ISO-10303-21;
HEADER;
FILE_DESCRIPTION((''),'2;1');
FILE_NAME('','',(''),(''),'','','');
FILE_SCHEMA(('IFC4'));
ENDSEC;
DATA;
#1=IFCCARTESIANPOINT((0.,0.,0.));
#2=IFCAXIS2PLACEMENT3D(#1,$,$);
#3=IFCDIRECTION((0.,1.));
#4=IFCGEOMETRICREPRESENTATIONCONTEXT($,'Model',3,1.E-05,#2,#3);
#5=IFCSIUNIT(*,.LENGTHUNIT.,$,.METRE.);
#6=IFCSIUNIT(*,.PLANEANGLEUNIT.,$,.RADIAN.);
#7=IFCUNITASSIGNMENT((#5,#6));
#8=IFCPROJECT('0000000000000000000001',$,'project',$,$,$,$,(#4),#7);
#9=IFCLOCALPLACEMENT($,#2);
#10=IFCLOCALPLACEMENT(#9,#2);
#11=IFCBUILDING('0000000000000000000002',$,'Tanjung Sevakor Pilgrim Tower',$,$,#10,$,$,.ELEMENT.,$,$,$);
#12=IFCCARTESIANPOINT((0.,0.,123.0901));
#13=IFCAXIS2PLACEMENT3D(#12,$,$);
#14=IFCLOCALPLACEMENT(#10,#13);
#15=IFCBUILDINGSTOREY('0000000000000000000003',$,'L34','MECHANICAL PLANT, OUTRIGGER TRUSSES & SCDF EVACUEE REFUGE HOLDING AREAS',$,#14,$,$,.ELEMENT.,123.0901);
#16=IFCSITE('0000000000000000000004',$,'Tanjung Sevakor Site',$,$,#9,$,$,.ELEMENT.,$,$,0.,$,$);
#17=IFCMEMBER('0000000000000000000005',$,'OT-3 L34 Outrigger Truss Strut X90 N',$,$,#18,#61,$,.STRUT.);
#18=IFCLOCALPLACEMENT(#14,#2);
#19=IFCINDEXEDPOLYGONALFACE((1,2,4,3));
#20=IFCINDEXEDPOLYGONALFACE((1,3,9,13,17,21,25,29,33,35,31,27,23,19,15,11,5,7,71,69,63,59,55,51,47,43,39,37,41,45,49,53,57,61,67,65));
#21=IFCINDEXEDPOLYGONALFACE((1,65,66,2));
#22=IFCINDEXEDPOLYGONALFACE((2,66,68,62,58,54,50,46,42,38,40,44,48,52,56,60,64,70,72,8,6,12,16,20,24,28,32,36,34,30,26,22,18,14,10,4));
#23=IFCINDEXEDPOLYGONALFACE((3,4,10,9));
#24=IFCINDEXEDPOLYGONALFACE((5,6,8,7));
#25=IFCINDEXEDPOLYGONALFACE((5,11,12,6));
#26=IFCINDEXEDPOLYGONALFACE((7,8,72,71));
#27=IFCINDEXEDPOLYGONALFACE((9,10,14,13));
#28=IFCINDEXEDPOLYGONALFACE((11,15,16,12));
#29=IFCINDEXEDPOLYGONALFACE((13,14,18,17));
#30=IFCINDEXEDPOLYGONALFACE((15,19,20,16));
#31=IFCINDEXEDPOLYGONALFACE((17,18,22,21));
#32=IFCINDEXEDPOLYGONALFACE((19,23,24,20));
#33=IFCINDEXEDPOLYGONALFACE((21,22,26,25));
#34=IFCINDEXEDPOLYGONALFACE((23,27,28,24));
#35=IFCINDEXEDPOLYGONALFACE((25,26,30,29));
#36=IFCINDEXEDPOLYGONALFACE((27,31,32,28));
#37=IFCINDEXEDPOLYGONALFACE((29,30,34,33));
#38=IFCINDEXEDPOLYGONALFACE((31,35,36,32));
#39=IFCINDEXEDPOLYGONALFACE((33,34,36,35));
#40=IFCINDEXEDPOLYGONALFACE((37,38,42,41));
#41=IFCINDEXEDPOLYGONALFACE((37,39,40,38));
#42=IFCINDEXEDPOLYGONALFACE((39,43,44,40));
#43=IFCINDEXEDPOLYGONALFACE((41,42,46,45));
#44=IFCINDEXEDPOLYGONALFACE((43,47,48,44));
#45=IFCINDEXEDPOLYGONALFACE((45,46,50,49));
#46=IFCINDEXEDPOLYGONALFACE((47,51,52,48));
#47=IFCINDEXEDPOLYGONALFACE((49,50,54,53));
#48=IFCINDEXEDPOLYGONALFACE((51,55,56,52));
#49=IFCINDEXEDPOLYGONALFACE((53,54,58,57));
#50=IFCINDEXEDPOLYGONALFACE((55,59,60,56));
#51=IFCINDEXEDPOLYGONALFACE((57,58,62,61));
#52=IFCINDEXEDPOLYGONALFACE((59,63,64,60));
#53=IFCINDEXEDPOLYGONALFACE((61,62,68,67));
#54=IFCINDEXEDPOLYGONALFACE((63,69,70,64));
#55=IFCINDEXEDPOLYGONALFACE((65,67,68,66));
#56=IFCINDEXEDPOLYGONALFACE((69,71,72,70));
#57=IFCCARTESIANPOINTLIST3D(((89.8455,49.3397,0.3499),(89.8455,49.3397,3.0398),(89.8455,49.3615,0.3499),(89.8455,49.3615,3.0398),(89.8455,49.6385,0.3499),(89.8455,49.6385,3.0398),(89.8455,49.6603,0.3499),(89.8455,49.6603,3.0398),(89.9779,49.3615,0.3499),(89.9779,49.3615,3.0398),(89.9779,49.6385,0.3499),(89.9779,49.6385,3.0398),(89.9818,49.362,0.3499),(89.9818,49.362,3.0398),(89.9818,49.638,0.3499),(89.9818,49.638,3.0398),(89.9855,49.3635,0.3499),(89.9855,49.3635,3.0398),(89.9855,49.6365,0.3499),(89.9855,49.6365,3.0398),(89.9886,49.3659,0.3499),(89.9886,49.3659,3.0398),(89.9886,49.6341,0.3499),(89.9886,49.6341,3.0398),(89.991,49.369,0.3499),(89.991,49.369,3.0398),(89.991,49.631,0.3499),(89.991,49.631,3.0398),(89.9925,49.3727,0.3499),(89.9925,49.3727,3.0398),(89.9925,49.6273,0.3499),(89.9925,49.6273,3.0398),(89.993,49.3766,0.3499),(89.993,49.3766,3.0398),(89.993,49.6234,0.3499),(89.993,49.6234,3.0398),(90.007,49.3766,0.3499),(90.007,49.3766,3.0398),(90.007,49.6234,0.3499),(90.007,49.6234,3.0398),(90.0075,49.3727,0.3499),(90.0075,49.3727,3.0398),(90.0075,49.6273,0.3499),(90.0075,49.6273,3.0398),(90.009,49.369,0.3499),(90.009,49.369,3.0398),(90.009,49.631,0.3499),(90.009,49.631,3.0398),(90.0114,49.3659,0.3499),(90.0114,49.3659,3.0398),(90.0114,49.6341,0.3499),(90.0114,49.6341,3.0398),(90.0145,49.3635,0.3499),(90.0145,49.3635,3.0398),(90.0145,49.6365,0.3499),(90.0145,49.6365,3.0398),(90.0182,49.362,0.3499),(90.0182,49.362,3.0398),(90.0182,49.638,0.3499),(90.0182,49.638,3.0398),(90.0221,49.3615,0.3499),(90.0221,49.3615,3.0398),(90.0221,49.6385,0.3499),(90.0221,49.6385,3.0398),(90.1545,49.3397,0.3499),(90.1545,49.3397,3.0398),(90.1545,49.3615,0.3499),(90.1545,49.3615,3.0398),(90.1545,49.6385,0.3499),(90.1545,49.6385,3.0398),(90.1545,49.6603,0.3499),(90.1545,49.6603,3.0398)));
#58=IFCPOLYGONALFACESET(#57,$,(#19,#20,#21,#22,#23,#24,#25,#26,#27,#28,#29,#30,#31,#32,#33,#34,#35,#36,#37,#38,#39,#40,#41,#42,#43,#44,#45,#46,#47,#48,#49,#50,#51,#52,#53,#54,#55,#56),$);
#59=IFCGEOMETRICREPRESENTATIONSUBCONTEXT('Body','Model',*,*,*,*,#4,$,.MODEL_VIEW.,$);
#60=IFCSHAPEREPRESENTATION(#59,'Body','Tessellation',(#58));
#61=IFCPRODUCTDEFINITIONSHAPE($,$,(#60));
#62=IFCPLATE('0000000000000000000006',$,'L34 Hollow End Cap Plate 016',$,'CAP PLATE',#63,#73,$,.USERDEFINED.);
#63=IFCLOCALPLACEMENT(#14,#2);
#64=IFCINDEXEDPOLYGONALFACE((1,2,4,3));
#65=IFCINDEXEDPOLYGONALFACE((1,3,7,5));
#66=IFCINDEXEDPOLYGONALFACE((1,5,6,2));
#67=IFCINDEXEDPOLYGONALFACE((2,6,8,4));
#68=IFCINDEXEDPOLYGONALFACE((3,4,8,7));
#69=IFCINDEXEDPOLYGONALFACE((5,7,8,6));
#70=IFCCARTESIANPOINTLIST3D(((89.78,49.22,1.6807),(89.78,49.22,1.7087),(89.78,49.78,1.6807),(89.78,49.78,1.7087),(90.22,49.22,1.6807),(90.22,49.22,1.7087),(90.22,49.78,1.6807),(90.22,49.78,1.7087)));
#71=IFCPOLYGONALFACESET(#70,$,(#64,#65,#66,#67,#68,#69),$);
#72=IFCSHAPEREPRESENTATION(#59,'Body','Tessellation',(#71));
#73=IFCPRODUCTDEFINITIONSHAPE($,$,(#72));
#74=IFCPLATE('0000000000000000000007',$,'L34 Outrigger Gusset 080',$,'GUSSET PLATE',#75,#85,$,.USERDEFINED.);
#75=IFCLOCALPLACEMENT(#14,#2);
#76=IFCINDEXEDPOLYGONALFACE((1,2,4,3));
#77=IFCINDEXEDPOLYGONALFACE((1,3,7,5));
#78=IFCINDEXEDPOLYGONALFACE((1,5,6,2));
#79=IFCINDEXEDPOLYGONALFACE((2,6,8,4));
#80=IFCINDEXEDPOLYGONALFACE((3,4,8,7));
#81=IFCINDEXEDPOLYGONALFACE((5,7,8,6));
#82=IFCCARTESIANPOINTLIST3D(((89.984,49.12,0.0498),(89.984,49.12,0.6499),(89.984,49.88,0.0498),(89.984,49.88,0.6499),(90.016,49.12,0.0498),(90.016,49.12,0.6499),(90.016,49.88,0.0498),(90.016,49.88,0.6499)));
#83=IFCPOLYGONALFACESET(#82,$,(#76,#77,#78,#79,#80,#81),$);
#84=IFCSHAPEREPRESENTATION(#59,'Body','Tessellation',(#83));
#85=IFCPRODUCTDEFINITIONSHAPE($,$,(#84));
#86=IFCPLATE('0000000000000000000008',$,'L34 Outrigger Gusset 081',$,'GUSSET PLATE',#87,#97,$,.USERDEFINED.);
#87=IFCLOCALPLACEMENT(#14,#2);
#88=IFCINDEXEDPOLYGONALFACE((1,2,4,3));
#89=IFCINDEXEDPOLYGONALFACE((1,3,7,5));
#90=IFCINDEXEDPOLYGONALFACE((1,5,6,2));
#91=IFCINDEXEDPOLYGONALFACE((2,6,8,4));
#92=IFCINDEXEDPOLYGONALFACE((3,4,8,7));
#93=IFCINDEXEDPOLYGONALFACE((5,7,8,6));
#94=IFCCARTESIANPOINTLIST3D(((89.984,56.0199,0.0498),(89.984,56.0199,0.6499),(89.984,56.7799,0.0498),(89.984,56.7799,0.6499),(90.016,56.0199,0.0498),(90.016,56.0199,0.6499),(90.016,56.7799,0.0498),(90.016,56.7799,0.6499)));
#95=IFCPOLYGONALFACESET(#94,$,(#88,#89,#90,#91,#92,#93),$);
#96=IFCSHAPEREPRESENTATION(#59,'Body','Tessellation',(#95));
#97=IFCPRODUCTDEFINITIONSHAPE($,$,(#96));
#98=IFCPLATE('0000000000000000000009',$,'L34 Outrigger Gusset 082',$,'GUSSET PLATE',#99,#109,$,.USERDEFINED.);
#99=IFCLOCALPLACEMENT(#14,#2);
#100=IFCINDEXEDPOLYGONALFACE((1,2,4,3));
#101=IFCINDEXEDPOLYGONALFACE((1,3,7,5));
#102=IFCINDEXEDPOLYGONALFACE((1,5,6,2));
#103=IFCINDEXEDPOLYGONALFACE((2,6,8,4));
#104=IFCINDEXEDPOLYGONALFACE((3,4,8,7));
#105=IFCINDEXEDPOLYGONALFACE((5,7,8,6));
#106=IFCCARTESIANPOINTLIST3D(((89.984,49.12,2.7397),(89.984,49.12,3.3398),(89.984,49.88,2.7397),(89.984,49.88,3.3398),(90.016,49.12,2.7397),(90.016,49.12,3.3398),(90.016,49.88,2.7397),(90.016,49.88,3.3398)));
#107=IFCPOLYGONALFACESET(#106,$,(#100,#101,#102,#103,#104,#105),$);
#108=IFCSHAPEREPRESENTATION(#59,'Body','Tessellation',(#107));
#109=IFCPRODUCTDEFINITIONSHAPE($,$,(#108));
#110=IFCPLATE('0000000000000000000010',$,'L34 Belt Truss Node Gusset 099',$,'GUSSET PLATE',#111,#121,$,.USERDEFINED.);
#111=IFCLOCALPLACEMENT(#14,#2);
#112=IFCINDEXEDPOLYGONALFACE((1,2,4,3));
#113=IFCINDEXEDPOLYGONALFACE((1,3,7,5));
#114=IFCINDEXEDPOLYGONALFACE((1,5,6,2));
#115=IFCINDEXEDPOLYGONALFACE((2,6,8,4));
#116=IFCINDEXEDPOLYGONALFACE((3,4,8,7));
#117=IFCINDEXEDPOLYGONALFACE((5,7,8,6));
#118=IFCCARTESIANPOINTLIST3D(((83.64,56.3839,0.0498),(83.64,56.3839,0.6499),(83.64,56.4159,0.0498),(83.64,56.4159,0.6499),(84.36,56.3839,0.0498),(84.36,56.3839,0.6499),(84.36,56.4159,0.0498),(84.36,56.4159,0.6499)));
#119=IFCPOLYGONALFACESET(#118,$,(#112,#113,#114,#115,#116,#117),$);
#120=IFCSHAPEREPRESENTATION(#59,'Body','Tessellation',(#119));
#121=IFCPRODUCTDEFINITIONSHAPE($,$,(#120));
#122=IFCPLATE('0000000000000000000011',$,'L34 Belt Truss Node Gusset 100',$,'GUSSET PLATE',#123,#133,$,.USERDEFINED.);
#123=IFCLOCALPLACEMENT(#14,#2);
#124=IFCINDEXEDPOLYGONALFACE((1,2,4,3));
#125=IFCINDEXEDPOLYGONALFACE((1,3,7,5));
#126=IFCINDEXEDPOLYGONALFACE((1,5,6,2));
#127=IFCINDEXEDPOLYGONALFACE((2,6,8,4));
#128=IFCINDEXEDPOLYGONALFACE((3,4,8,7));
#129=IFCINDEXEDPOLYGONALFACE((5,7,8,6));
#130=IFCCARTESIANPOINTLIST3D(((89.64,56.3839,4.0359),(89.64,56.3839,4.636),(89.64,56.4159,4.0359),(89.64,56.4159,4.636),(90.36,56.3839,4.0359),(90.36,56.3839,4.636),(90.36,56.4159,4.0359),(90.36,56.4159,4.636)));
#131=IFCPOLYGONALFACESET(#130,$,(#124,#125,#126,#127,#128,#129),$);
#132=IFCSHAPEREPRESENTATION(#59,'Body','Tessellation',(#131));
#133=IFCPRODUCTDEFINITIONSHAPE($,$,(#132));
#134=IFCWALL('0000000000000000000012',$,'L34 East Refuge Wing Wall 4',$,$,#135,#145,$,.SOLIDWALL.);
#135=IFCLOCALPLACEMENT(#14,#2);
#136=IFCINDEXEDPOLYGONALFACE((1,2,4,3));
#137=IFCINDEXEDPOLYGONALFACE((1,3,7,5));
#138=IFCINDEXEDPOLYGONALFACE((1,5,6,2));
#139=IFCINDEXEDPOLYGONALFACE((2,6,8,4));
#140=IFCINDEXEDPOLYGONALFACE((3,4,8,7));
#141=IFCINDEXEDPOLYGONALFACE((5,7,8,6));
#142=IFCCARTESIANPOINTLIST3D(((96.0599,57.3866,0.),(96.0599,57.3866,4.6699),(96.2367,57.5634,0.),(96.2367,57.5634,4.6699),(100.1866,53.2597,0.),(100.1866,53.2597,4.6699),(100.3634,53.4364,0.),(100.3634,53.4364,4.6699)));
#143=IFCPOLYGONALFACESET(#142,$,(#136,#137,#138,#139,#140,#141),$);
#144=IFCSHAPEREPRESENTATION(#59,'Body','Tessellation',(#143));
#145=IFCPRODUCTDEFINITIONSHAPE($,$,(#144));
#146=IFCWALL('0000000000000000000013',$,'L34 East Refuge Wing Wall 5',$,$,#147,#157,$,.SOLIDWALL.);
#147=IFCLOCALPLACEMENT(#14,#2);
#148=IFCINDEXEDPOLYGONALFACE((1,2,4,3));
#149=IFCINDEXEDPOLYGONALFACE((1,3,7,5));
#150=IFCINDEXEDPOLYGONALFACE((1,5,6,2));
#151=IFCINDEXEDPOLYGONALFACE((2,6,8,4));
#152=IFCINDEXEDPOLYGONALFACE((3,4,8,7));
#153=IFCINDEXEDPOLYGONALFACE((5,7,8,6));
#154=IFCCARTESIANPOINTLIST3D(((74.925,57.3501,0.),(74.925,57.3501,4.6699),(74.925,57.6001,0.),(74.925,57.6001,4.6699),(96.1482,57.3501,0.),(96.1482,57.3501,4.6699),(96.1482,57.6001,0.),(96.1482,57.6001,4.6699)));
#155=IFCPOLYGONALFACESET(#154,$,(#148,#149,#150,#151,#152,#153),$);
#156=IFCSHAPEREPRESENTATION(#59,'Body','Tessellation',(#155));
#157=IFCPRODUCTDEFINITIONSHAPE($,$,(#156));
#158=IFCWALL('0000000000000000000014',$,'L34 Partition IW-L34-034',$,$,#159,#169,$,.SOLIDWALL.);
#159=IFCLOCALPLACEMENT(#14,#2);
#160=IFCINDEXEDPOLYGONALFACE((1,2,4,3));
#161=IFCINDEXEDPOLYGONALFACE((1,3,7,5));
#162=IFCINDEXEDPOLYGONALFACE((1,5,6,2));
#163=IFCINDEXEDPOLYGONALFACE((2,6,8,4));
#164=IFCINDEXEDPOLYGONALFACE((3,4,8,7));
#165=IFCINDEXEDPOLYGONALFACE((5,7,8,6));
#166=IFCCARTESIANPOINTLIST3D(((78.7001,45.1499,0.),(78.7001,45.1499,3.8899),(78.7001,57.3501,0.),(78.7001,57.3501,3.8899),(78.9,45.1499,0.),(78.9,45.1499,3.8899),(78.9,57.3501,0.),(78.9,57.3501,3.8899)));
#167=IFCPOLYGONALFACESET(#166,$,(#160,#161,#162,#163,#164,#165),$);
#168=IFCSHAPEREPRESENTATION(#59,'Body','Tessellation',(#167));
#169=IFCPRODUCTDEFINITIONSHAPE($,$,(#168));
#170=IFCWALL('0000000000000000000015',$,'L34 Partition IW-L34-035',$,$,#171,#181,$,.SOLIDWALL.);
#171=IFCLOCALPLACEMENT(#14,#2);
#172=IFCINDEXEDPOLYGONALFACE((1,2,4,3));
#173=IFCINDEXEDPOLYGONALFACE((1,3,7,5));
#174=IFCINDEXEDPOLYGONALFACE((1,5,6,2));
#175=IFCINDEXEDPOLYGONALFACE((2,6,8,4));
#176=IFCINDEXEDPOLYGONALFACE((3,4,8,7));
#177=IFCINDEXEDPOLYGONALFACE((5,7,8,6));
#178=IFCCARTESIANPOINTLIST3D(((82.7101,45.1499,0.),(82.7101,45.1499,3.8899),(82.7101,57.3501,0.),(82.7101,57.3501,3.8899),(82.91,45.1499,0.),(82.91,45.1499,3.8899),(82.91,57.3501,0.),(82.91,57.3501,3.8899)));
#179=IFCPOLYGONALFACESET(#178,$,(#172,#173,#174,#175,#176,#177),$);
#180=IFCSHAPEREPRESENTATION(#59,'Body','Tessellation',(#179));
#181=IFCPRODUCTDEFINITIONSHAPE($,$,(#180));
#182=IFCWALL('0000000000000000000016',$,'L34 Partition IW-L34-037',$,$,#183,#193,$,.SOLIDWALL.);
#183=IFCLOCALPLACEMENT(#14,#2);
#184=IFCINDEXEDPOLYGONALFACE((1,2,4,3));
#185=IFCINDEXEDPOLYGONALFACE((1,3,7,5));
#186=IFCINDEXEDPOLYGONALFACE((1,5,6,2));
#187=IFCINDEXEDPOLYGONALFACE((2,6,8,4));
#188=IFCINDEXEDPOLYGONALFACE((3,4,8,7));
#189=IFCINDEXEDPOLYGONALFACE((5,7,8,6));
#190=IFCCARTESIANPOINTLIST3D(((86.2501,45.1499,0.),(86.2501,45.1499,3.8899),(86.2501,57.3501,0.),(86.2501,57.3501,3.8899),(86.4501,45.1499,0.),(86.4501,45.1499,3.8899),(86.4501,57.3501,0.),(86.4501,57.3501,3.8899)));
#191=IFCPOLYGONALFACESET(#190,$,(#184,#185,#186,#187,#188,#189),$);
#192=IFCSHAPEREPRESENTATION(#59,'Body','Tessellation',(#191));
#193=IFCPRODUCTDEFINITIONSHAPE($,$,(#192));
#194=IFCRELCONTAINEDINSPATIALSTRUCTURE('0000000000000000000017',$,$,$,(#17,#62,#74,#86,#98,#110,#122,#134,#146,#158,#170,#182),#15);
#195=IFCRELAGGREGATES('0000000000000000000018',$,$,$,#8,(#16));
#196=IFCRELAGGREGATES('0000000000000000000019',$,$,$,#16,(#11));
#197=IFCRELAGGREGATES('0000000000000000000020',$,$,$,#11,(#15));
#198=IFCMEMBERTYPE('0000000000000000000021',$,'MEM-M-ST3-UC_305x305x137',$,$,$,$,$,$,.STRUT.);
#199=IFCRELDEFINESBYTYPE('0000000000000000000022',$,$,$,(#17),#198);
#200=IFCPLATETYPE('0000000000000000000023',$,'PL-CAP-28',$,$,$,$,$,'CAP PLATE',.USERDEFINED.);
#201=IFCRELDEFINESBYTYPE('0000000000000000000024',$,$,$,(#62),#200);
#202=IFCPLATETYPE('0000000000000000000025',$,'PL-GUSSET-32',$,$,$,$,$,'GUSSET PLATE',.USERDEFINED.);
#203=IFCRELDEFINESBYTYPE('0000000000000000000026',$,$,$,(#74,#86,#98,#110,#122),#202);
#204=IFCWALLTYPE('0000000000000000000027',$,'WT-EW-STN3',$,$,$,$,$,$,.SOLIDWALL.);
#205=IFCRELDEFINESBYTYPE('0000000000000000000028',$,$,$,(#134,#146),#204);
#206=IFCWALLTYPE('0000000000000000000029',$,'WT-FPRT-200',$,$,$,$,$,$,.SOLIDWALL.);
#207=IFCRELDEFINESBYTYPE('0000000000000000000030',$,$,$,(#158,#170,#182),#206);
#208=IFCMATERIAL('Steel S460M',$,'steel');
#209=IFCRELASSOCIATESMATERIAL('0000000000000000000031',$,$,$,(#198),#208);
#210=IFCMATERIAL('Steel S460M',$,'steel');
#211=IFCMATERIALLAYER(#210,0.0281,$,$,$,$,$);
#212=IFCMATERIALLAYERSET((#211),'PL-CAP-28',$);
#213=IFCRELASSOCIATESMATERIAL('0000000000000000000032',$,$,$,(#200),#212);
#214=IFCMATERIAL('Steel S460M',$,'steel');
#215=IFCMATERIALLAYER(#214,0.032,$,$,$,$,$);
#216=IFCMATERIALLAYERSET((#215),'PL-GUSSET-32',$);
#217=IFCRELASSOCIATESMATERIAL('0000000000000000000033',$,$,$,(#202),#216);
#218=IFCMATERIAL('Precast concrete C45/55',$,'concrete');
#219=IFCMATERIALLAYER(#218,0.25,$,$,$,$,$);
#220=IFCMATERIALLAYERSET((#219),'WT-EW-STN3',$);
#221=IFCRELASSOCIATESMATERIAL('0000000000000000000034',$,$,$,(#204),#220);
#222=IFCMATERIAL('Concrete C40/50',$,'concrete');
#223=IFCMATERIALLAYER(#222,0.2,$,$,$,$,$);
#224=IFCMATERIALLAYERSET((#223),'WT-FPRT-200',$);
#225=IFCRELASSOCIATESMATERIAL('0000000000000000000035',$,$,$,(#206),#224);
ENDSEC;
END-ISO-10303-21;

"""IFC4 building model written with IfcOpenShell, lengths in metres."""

from ifc_helpers import new_model, si_unit, direction, frame, frame_2d, origin, origin_2d, place, context, subcontext, project, spatial, rectangle, i_section, extrude, material, layer, layer_set, material_profile, profile_set, type_object, element, save


model = new_model("IFC4")

# Units and contexts
model_context = context("Model", 3, precision=1e-05, world=origin(), true_north=direction((0.0, 1.0)))
body_context = subcontext(model_context, "Body", "Model", "MODEL_VIEW")
ifc_project = project(units=[si_unit("LENGTHUNIT", "METRE"), si_unit("PLANEANGLEUNIT", "RADIAN")], contexts=[model_context])

# Site, building, storey
site_placement = place(None, origin())
site = spatial("IfcSite", under=ifc_project, at=site_placement, Name="Tanjung Sevakor Site", CompositionType="ELEMENT", RefElevation=0.0)
building_placement = place(site_placement, origin())
building = spatial("IfcBuilding", under=site, at=building_placement, Name="Tanjung Sevakor Pilgrim Tower", CompositionType="ELEMENT")
storey_placement = place(building_placement, frame((0.0, 0.0, 123.0901)))
storey = spatial("IfcBuildingStorey", under=building, at=storey_placement, Name="L34", Description="MECHANICAL PLANT, OUTRIGGER TRUSSES & SCDF EVACUEE REFUGE HOLDING AREAS", CompositionType="ELEMENT", Elevation=123.0901)

# Member
ifc_material_1 = material(Name="Steel S460M", Category="steel")
ifc_material_profile_1 = material_profile(ifc_material_1, i_section(OverallWidth=0.3091, OverallDepth=0.3206, WebThickness=0.0139, FlangeThickness=0.0217, FilletRadius=0.0151, at=origin_2d()))
ifc_profile_set_1 = profile_set([ifc_material_profile_1], Name="Steel S460M")
member_type_1 = type_object("IfcMemberType", Name="MEM-M-ST3-UC_305x305x137", PredefinedType="STRUT", material=ifc_profile_set_1)
member_1_placement = place(storey_placement, frame((90.0, 49.5, 0.3499), z_axis=(0.0, 0.0, 1.0), x_axis=(1.0, 0.0, 0.0)))
element("IfcMember", 1, at=member_1_placement, inside=storey, type_object=member_type_1, Name="OT-3 L34 Outrigger Truss Strut X90 N", PredefinedType="STRUT", context=body_context, shape_type="SweptSolid", body=[
    extrude(i_section(OverallWidth=0.3091, OverallDepth=0.3206, WebThickness=0.0139, FlangeThickness=0.0217, FilletRadius=0.0151, at=origin_2d()), origin(), (0.0, 0.0, 1.0), 2.6899),
])

# Plates
ifc_material_2 = material(Name="Steel S460M", Category="steel")
ifc_layer_1 = layer(ifc_material_2, 0.0281)
ifc_layer_set_1 = layer_set([ifc_layer_1], Name="PL-CAP-28")
plate_type_1 = type_object("IfcPlateType", Name="PL-CAP-28", ElementType="CAP PLATE", PredefinedType="USERDEFINED", material=ifc_layer_set_1)
plate_placement = place(storey_placement, frame((90.0, 49.5, 1.6807), z_axis=(0.0, 0.0, 1.0), x_axis=(1.0, 0.0, 0.0)))
element("IfcPlate", 2, at=plate_placement, inside=storey, type_object=plate_type_1, Name="L34 Hollow End Cap Plate 016", ObjectType="CAP PLATE", PredefinedType="USERDEFINED", context=body_context, shape_type="SweptSolid", body=[
    extrude(rectangle(XDim=0.4399, YDim=0.5601, at=origin_2d()), origin(), (0.0, 0.0, 1.0), 0.0281),
])
ifc_material_3 = material(Name="Steel S460M", Category="steel")
ifc_layer_2 = layer(ifc_material_3, 0.032)
ifc_layer_set_2 = layer_set([ifc_layer_2], Name="PL-GUSSET-32")
plate_type_2 = type_object("IfcPlateType", Name="PL-GUSSET-32", ElementType="GUSSET PLATE", PredefinedType="USERDEFINED", material=ifc_layer_set_2)
for number, where, z_axis, x_axis, name in (
    (3, (90.0, 49.5, 0.0498), (0.0, 0.0, 1.0), (1.0, 0.0, 0.0), "L34 Outrigger Gusset 080"),
    (4, (90.0, 56.3999, 0.0498), (0.0, 0.0, 1.0), (1.0, 0.0, 0.0), "L34 Outrigger Gusset 081"),
    (5, (90.0, 49.5, 2.7397), (0.0, 0.0, 1.0), (1.0, 0.0, 0.0), "L34 Outrigger Gusset 082"),
):
    element("IfcPlate", number, at=place(storey_placement, frame(where, z_axis=z_axis, x_axis=x_axis)), inside=storey, type_object=plate_type_2, Name=name, ObjectType="GUSSET PLATE", PredefinedType="USERDEFINED", context=body_context, shape_type="SweptSolid", body=[
        extrude(rectangle(XDim=0.032, YDim=0.76, at=origin_2d()), origin(), (0.0, 0.0, 1.0), 0.6001),
    ])
for number, where, z_axis, x_axis, name in (
    (6, (84.0, 56.3999, 0.0498), (0.0, 0.0, 1.0), (1.0, 0.0, 0.0), "L34 Belt Truss Node Gusset 099"),
    (7, (90.0, 56.3999, 4.0359), (0.0, 0.0, 1.0), (1.0, 0.0, 0.0), "L34 Belt Truss Node Gusset 100"),
):
    element("IfcPlate", number, at=place(storey_placement, frame(where, z_axis=z_axis, x_axis=x_axis)), inside=storey, type_object=plate_type_2, Name=name, ObjectType="GUSSET PLATE", PredefinedType="USERDEFINED", context=body_context, shape_type="SweptSolid", body=[
        extrude(rectangle(XDim=0.72, YDim=0.032, at=origin_2d()), origin(), (0.0, 0.0, 1.0), 0.6001),
    ])

# Walls
ifc_material_4 = material(Name="Precast concrete C45/55", Category="concrete")
ifc_layer_3 = layer(ifc_material_4, 0.25)
ifc_layer_set_3 = layer_set([ifc_layer_3], Name="WT-EW-STN3")
wall_type_1 = type_object("IfcWallType", Name="WT-EW-STN3", PredefinedType="SOLIDWALL", material=ifc_layer_set_3)
wall_1_placement = place(storey_placement, frame((100.2749, 53.3481, 0.0), z_axis=(0.0, 0.0, 1.0), x_axis=(-0.707086, 0.707128, 0.0)))
element("IfcWall", 8, at=wall_1_placement, inside=storey, type_object=wall_type_1, Name="L34 East Refuge Wing Wall 4", PredefinedType="SOLIDWALL", context=body_context, shape_type="SweptSolid", body=[
    extrude(rectangle(XDim=5.8362, YDim=0.25, at=frame_2d((2.918, 0.0))), origin(), (0.0, 0.0, 1.0), 4.6699),
])
wall_2_placement = place(storey_placement, frame((96.1482, 57.4751, 0.0), z_axis=(0.0, 0.0, 1.0), x_axis=(-1.0, 0.0, 0.0)))
element("IfcWall", 9, at=wall_2_placement, inside=storey, type_object=wall_type_1, Name="L34 East Refuge Wing Wall 5", PredefinedType="SOLIDWALL", context=body_context, shape_type="SweptSolid", body=[
    extrude(rectangle(XDim=21.2231, YDim=0.25, at=frame_2d((10.6116, 0.0))), origin(), (0.0, 0.0, 1.0), 4.6699),
])

# Shared definitions
ifc_material_5 = material(Name="Concrete C40/50", Category="concrete")
ifc_layer_4 = layer(ifc_material_5, 0.2)
ifc_layer_set_4 = layer_set([ifc_layer_4], Name="WT-FPRT-200")
wall_type_2 = type_object("IfcWallType", Name="WT-FPRT-200", PredefinedType="SOLIDWALL", material=ifc_layer_set_4)

# Walls
for number, where, z_axis, x_axis, name in (
    (10, (78.8, 45.1499, 0.0), (0.0, 0.0, 1.0), (0.0, 1.0, 0.0), "L34 Partition IW-L34-034"),
    (11, (82.8101, 45.1499, 0.0), (0.0, 0.0, 1.0), (0.0, 1.0, 0.0), "L34 Partition IW-L34-035"),
):
    element("IfcWall", number, at=place(storey_placement, frame(where, z_axis=z_axis, x_axis=x_axis)), inside=storey, type_object=wall_type_2, Name=name, PredefinedType="SOLIDWALL", context=body_context, shape_type="SweptSolid", body=[
        extrude(rectangle(XDim=12.2002, YDim=0.2, at=frame_2d((6.1001, 0.0))), origin(), (0.0, 0.0, 1.0), 3.8899),
    ])

# Wall
wall_3_placement = place(storey_placement, frame((86.3501, 45.1499, 0.0), z_axis=(0.0, 0.0, 1.0), x_axis=(0.0, 1.0, 0.0)))
element("IfcWall", 12, at=wall_3_placement, inside=storey, type_object=wall_type_2, Name="L34 Partition IW-L34-037", PredefinedType="SOLIDWALL", context=body_context, shape_type="SweptSolid", body=[
    extrude(rectangle(XDim=12.2002, YDim=0.2, at=frame_2d((6.1001, 0.0))), origin(), (0.0, 0.0, 1.0), 3.8899),
])

save(model, "model.ifc")
